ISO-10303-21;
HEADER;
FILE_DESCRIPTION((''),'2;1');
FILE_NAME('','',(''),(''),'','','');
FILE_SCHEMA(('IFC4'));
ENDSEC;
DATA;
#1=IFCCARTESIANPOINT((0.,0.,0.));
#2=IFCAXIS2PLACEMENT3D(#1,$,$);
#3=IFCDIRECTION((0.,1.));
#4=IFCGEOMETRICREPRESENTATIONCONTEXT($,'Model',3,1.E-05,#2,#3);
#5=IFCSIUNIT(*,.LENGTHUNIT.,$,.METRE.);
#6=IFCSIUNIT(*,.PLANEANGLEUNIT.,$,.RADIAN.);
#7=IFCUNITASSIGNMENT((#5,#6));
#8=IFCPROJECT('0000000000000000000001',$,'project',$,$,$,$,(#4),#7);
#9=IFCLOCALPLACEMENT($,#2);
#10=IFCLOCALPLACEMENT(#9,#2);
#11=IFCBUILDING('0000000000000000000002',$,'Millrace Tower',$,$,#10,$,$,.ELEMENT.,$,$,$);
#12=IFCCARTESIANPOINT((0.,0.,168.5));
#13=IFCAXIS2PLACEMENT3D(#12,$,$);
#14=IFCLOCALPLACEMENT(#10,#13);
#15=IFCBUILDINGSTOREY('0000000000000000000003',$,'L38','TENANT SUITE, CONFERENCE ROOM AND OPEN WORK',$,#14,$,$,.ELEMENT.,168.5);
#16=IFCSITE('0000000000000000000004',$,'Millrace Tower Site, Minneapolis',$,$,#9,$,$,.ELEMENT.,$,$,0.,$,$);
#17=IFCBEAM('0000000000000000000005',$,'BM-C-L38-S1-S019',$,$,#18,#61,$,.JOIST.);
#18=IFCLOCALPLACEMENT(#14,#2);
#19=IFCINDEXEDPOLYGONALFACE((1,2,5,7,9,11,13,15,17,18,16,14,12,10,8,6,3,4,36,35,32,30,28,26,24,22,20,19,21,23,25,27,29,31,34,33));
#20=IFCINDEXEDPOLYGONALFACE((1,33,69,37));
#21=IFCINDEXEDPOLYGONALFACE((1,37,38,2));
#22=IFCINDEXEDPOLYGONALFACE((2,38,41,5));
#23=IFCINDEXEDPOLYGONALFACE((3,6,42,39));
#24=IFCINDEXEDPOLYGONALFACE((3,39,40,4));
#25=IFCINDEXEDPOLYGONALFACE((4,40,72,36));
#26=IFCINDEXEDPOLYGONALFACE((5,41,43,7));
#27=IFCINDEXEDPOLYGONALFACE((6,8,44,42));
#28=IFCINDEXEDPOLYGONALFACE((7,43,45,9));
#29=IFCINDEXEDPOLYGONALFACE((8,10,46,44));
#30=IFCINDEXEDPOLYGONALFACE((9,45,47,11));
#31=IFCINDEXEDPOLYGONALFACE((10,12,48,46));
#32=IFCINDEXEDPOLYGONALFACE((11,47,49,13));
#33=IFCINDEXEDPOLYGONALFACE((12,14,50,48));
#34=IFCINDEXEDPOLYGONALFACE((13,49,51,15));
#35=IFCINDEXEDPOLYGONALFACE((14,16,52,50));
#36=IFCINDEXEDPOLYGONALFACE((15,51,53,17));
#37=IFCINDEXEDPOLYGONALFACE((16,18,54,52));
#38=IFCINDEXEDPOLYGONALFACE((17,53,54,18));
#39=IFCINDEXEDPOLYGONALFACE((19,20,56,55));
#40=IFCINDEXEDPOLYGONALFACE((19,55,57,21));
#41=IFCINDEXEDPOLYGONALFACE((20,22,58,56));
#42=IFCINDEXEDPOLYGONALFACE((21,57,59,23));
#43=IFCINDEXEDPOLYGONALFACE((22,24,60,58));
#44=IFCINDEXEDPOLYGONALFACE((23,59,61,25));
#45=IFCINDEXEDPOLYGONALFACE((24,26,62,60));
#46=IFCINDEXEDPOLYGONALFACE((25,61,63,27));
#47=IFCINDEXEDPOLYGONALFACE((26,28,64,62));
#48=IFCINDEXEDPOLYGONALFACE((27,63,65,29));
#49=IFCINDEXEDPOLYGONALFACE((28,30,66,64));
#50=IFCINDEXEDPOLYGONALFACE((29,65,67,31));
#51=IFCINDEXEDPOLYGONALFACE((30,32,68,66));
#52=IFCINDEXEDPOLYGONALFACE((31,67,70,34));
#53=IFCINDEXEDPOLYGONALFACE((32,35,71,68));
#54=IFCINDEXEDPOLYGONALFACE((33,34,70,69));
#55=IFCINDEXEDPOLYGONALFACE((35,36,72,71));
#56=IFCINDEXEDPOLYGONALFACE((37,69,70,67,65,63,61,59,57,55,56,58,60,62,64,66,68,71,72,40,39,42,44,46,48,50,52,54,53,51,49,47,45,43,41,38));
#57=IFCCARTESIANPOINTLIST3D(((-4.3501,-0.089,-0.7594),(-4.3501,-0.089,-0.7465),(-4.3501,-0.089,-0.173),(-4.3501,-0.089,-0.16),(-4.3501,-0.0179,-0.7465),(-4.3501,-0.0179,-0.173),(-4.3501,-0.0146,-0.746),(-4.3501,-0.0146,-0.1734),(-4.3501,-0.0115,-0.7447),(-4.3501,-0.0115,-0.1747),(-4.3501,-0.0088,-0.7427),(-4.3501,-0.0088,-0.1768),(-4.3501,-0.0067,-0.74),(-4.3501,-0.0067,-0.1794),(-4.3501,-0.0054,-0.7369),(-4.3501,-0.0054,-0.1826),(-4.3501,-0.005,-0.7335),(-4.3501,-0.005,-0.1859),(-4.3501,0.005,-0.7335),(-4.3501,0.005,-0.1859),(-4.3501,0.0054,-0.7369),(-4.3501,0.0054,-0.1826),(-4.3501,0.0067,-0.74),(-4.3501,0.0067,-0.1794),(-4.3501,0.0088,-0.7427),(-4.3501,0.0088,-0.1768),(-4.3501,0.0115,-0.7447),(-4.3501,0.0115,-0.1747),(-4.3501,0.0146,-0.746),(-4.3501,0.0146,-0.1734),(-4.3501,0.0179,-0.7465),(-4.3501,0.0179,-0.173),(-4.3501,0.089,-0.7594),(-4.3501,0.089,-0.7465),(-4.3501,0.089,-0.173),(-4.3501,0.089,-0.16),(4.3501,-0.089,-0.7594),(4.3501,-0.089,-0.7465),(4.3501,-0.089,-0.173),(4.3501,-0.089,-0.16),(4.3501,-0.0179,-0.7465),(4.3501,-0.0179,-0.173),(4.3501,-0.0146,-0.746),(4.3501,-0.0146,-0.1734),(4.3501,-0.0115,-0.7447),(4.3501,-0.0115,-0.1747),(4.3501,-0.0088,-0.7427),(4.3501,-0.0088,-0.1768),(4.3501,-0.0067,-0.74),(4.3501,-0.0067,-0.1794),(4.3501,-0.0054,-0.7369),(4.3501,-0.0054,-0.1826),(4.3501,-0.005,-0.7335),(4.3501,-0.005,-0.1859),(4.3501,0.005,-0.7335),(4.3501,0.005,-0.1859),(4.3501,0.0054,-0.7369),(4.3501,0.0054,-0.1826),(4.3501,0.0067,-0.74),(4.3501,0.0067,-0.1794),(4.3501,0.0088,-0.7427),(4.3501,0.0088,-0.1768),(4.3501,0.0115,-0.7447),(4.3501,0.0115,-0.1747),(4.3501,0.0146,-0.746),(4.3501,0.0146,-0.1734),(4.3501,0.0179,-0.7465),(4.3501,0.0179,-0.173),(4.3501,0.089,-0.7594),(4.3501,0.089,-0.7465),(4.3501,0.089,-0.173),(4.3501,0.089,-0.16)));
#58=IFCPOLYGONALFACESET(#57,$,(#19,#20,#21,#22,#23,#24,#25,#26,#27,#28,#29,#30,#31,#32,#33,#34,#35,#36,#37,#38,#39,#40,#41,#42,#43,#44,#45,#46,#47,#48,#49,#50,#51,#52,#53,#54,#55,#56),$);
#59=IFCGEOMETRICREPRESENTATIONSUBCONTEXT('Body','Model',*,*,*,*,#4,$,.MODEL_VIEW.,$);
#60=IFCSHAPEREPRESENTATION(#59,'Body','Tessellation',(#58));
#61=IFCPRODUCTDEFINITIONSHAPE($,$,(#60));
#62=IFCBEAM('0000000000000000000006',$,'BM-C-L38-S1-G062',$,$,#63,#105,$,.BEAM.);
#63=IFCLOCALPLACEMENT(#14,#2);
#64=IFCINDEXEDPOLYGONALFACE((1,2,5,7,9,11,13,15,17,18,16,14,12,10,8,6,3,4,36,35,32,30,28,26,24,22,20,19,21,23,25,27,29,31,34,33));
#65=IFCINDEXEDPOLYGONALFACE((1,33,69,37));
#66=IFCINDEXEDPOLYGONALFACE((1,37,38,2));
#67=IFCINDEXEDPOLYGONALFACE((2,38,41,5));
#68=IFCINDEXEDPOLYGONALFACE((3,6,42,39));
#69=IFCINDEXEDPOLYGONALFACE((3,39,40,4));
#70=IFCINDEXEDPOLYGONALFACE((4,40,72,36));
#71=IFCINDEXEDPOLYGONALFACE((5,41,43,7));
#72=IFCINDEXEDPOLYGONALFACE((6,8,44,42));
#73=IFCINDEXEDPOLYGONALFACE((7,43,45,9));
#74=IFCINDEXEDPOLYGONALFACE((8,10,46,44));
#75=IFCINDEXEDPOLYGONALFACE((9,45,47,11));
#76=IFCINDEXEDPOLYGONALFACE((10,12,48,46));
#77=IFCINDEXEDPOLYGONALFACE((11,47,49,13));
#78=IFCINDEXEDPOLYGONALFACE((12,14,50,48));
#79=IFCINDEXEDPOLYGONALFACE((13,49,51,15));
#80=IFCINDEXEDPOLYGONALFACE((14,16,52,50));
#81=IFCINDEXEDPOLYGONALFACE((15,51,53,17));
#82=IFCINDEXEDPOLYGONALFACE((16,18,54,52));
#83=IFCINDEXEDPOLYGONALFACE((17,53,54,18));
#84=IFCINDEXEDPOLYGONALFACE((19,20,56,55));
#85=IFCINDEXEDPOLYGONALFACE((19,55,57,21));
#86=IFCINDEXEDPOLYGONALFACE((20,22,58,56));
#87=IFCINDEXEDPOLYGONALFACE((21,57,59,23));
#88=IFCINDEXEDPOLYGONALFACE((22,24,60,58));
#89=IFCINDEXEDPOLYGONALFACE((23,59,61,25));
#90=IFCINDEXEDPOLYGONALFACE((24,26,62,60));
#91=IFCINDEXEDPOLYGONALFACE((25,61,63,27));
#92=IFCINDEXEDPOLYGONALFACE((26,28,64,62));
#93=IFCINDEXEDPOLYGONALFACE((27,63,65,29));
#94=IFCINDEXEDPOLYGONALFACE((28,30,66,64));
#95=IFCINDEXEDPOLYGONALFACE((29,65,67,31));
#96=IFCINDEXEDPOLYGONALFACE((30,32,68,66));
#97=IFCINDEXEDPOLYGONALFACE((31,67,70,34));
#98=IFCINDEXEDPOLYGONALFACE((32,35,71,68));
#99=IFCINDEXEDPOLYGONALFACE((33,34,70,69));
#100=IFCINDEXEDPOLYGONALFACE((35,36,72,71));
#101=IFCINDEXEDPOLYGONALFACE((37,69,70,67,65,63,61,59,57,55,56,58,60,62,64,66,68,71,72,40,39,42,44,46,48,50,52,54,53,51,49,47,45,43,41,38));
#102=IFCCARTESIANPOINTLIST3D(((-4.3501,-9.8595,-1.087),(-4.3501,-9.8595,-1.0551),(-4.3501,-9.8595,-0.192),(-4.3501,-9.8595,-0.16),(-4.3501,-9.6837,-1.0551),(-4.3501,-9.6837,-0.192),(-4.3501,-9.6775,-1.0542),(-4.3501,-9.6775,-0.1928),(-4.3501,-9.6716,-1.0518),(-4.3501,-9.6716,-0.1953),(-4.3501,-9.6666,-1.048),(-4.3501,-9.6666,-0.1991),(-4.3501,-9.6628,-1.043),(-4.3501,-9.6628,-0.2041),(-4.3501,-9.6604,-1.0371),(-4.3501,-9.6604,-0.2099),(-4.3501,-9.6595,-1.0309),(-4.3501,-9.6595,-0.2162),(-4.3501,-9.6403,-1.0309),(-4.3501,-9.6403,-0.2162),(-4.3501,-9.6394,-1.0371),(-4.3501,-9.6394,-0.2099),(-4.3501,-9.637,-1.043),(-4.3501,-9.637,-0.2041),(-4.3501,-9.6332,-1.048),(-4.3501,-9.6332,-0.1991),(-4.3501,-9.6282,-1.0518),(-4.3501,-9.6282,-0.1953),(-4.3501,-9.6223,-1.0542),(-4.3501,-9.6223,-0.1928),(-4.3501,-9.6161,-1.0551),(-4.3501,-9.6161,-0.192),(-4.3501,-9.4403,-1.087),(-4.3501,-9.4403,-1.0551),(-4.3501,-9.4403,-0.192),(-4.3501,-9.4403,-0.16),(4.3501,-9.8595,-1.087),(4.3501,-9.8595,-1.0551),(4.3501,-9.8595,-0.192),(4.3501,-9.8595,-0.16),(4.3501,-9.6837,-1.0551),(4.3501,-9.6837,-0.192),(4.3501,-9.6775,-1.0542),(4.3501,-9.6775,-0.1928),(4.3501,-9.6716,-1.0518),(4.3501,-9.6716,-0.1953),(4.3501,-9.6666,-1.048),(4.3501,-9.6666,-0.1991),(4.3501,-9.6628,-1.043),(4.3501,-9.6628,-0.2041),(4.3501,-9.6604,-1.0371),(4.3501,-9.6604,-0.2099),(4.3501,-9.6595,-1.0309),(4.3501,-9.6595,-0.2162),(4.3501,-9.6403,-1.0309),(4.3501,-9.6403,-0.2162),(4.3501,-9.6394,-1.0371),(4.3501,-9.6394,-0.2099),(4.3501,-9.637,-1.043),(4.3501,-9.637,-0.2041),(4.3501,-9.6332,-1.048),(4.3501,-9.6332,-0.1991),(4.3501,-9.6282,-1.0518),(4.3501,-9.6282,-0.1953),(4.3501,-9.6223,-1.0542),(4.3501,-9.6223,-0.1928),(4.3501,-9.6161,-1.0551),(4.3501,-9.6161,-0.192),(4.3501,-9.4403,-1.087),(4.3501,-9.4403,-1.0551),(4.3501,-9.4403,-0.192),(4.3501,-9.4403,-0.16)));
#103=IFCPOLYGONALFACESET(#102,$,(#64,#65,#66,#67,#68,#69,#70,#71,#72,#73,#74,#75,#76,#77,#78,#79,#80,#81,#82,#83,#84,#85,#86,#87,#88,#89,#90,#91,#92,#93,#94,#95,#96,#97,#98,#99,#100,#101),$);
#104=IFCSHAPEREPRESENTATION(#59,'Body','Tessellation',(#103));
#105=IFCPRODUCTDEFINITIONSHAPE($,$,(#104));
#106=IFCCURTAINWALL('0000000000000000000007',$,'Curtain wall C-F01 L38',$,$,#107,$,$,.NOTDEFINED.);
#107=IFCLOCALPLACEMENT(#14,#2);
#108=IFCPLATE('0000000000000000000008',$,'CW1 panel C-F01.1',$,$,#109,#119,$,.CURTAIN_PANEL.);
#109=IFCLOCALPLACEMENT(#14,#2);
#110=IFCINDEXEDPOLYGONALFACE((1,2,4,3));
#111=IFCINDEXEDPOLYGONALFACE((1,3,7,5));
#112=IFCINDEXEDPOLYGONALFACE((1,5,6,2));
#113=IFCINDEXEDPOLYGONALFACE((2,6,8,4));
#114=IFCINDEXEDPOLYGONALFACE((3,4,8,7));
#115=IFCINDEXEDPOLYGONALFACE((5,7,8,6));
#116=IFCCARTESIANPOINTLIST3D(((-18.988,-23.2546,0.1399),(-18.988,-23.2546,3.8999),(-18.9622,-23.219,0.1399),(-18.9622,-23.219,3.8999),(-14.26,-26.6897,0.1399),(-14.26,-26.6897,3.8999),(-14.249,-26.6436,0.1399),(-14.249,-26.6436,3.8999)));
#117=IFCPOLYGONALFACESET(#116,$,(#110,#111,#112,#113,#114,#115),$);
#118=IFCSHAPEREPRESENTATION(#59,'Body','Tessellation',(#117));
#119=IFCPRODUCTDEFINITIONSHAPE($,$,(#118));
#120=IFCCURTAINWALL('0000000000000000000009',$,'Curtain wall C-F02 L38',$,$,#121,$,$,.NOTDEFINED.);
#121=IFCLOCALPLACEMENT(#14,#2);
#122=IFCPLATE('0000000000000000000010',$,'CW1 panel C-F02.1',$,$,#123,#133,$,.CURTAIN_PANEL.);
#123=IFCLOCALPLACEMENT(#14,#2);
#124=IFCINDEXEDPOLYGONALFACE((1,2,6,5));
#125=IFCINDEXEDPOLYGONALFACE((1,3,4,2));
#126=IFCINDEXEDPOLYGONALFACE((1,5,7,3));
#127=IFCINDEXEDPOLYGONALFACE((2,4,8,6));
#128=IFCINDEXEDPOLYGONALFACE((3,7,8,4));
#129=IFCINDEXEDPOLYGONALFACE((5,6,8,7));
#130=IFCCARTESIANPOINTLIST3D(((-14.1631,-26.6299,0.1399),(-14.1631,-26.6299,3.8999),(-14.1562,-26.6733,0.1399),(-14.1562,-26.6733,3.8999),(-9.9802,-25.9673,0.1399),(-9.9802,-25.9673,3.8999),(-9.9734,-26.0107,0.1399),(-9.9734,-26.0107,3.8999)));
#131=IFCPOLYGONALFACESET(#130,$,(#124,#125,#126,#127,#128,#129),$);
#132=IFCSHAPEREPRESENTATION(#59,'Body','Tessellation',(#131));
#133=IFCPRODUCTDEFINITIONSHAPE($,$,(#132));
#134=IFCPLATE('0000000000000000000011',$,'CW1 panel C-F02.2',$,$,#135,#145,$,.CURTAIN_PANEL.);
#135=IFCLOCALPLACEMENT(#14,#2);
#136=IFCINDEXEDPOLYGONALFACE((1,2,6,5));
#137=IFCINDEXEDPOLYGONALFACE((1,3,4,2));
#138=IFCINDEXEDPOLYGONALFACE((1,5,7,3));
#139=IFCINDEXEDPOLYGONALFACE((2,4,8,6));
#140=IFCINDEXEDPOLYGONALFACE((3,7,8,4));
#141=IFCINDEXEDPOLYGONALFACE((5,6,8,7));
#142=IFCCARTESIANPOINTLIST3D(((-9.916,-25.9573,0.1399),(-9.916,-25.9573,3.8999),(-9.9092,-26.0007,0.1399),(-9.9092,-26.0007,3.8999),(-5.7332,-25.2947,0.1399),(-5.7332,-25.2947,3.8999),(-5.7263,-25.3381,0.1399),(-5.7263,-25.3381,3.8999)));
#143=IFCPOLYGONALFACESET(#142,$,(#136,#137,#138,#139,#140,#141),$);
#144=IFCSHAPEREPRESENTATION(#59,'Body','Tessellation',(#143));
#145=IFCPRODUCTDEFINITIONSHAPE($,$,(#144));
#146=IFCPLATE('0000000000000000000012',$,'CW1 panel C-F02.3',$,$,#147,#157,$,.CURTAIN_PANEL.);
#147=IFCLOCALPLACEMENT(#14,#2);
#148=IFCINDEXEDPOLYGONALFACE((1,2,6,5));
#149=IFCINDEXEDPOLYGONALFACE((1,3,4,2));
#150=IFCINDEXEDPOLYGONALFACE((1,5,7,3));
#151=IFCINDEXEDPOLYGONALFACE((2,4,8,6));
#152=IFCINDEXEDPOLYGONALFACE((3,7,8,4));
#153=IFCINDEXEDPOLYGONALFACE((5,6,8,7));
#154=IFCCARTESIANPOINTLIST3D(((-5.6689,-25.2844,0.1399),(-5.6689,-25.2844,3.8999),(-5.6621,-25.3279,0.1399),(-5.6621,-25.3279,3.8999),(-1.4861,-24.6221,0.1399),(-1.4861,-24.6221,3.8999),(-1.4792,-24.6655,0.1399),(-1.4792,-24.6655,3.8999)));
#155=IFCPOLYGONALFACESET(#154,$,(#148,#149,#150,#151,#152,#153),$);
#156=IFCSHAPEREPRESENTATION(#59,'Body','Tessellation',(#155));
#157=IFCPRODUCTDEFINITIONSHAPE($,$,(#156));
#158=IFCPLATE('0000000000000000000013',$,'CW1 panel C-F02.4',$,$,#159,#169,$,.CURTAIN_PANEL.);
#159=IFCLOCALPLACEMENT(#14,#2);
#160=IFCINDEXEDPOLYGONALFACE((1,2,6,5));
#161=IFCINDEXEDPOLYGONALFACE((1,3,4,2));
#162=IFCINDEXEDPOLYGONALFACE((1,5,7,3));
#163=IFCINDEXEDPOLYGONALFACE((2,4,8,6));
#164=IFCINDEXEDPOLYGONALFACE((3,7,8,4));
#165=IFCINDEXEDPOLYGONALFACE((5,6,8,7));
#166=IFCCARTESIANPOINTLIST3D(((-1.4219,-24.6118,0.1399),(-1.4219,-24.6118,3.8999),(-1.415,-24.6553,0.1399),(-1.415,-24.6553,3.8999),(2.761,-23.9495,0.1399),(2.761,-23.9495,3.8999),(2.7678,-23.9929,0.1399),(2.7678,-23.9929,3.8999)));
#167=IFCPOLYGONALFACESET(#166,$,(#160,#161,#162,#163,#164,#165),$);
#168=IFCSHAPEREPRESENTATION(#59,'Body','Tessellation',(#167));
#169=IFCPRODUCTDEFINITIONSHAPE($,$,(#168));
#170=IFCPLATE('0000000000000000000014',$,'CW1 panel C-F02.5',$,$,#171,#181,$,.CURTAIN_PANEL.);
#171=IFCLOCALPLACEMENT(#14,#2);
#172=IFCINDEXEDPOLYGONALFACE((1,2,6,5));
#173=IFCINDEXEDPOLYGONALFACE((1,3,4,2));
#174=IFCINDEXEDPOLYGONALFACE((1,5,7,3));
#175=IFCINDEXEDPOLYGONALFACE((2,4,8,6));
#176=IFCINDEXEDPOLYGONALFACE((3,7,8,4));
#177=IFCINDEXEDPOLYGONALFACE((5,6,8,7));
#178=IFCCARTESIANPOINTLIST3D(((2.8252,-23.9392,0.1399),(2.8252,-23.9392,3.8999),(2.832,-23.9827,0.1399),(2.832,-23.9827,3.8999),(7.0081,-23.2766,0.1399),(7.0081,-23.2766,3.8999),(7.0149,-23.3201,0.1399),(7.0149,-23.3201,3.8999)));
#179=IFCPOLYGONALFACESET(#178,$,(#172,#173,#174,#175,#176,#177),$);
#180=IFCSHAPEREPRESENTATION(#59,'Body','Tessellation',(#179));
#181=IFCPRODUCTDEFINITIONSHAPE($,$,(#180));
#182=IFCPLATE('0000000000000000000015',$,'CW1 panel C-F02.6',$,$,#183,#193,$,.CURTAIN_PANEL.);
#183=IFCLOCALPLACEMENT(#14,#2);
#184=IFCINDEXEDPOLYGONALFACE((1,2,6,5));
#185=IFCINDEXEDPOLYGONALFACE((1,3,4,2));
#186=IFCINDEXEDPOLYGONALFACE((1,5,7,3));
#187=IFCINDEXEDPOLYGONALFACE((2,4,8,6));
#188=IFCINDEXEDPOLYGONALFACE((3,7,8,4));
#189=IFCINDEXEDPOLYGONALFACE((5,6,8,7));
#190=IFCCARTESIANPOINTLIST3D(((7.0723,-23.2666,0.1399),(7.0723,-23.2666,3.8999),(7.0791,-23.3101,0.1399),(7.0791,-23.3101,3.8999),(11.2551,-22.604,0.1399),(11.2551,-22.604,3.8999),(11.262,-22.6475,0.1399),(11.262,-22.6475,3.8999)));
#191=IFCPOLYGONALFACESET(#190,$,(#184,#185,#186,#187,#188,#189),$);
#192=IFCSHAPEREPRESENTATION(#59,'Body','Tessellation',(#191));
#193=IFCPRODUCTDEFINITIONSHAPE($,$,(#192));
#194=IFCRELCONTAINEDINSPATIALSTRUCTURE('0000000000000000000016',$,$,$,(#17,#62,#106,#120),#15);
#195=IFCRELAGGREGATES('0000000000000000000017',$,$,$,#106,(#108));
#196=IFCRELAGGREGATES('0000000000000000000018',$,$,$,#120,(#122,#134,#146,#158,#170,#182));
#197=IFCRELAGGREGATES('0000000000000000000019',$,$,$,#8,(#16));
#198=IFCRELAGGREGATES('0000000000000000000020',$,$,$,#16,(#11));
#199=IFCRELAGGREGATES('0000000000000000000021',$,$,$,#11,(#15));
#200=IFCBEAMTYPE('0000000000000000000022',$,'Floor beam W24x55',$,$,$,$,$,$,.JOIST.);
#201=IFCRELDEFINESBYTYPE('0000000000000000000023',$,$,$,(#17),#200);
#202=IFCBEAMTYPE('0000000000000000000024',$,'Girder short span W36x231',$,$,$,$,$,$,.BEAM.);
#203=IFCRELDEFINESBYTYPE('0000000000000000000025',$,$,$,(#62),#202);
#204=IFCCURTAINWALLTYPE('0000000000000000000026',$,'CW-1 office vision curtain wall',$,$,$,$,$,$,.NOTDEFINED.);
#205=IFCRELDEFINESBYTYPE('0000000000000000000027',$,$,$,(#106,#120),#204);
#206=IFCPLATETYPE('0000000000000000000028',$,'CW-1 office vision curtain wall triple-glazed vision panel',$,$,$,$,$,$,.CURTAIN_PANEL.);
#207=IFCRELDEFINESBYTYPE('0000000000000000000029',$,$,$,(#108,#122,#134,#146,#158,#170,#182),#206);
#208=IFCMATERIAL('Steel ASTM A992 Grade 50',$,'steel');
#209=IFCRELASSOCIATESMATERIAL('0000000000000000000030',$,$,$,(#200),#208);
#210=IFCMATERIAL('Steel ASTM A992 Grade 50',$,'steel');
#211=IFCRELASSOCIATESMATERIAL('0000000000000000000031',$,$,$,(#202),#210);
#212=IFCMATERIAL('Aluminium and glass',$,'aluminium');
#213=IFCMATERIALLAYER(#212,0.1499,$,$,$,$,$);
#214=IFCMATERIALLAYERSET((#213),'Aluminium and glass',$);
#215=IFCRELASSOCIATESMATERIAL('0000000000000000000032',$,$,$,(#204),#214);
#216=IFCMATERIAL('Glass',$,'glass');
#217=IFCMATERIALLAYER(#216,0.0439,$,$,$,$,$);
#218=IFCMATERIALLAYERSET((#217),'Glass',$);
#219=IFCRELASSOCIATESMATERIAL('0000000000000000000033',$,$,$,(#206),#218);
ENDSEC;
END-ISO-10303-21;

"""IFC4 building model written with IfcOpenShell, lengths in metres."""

from ifc_helpers import new_model, si_unit, direction, frame, origin, origin_2d, place, context, subcontext, project, spatial, polyline, i_section, outline, extrude, material, layer, layer_set, material_profile, profile_set, type_object, element, aggregate, save


model = new_model("IFC4")

# Units and contexts
model_context = context("Model", 3, precision=1e-05, world=origin(), true_north=direction((0.0, 1.0)))
body_context = subcontext(model_context, "Body", "Model", "MODEL_VIEW")
ifc_project = project(units=[si_unit("LENGTHUNIT", "METRE"), si_unit("PLANEANGLEUNIT", "RADIAN")], contexts=[model_context])

# Site, building, storey
site_placement = place(None, origin())
site = spatial("IfcSite", under=ifc_project, at=site_placement, Name="Millrace Tower Site, Minneapolis", CompositionType="ELEMENT", RefElevation=0.0)
building_placement = place(site_placement, origin())
building = spatial("IfcBuilding", under=site, at=building_placement, Name="Millrace Tower", CompositionType="ELEMENT")
storey_placement = place(building_placement, frame((0.0, 0.0, 168.5)))
storey = spatial("IfcBuildingStorey", under=building, at=storey_placement, Name="L38", Description="TENANT SUITE, CONFERENCE ROOM AND OPEN WORK", CompositionType="ELEMENT", Elevation=168.5)

# Beams
ifc_material_1 = material(Name="Steel ASTM A992 Grade 50", Category="steel")
ifc_material_profile_1 = material_profile(ifc_material_1, i_section(OverallWidth=0.178, OverallDepth=0.5994, WebThickness=0.01, FlangeThickness=0.0129, FilletRadius=0.0129, at=origin_2d()))
ifc_profile_set_1 = profile_set([ifc_material_profile_1], Name="Steel ASTM A992 Grade 50")
beam_type_1 = type_object("IfcBeamType", Name="Floor beam W24x55", PredefinedType="JOIST", material=ifc_profile_set_1)
for number, where, z_axis, x_axis, name in (
    (1, (-4.3501, 0.0, -0.4597), (1.0, 0.0, 0.0), (0.0, 1.0, 0.0), "BM-C-L38-S1-S019"),
):
    element("IfcBeam", number, at=place(storey_placement, frame(where, z_axis=z_axis, x_axis=x_axis)), inside=storey, type_object=beam_type_1, Name=name, PredefinedType="JOIST", context=body_context, shape_type="SweptSolid", body=[
        extrude(i_section(OverallWidth=0.178, OverallDepth=0.5994, WebThickness=0.01, FlangeThickness=0.0129, FilletRadius=0.0129, at=origin_2d()), origin(), (0.0, 0.0, 1.0), 8.7002),
    ])
ifc_material_2 = material(Name="Steel ASTM A992 Grade 50", Category="steel")
ifc_material_profile_2 = material_profile(ifc_material_2, i_section(OverallWidth=0.4192, OverallDepth=0.927, WebThickness=0.0193, FlangeThickness=0.032, FilletRadius=0.0242, at=origin_2d()))
ifc_profile_set_2 = profile_set([ifc_material_profile_2], Name="Steel ASTM A992 Grade 50")
beam_type_2 = type_object("IfcBeamType", Name="Girder short span W36x231", PredefinedType="BEAM", material=ifc_profile_set_2)
beam_1_placement = place(storey_placement, frame((-4.3501, -9.6499, -0.6235), z_axis=(1.0, 0.0, 0.0), x_axis=(0.0, 1.0, 0.0)))
element("IfcBeam", 2, at=beam_1_placement, inside=storey, type_object=beam_type_2, Name="BM-C-L38-S1-G062", PredefinedType="BEAM", context=body_context, shape_type="SweptSolid", body=[
    extrude(i_section(OverallWidth=0.4192, OverallDepth=0.927, WebThickness=0.0193, FlangeThickness=0.032, FilletRadius=0.0242, at=origin_2d()), origin(), (0.0, 0.0, 1.0), 8.7002),
])

# Curtain wall, plate
ifc_material_3 = material(Name="Aluminium and glass", Category="aluminium")
ifc_layer_1 = layer(ifc_material_3, 0.1499)
ifc_layer_set_1 = layer_set([ifc_layer_1], Name="Aluminium and glass")
curtain_wall_type = type_object("IfcCurtainWallType", Name="CW-1 office vision curtain wall", PredefinedType="NOTDEFINED", material=ifc_layer_set_1)
placement_1 = place(storey_placement, origin())
curtain_wall_1 = element("IfcCurtainWall", 3, at=placement_1, inside=storey, type_object=curtain_wall_type, Name="Curtain wall C-F01 L38", PredefinedType="NOTDEFINED")
ifc_material_4 = material(Name="Glass", Category="glass")
ifc_layer_2 = layer(ifc_material_4, 0.0439)
ifc_layer_set_2 = layer_set([ifc_layer_2], Name="Glass")
plate_type = type_object("IfcPlateType", Name="CW-1 office vision curtain wall triple-glazed vision panel", PredefinedType="CURTAIN_PANEL", material=ifc_layer_set_2)
placement_2 = place(storey_placement, frame((0.0, 0.0, 0.1399)))
plate_1 = element("IfcPlate", 4, at=placement_2, type_object=plate_type, Name="CW1 panel C-F01.1", PredefinedType="CURTAIN_PANEL", context=body_context, shape_type="SweptSolid", body=[
    extrude(outline(polyline([(-18.988, -23.2546), (-14.26, -26.6897), (-14.249, -26.6436), (-18.9622, -23.219), (-18.988, -23.2546)])), origin(), (0.0, 0.0, 1.0), 3.76),
])
aggregate(curtain_wall_1, [plate_1])

# Curtain wall, plates
curtain_wall_2 = element("IfcCurtainWall", 5, at=placement_1, inside=storey, type_object=curtain_wall_type, Name="Curtain wall C-F02 L38", PredefinedType="NOTDEFINED")
plate_2 = element("IfcPlate", 6, at=placement_2, type_object=plate_type, Name="CW1 panel C-F02.1", PredefinedType="CURTAIN_PANEL", context=body_context, shape_type="SweptSolid", body=[
    extrude(outline(polyline([(-14.1562, -26.6733), (-9.9734, -26.0107), (-9.9802, -25.9673), (-14.1631, -26.6299), (-14.1562, -26.6733)])), origin(), (0.0, 0.0, 1.0), 3.76),
])
plate_3 = element("IfcPlate", 7, at=placement_2, type_object=plate_type, Name="CW1 panel C-F02.2", PredefinedType="CURTAIN_PANEL", context=body_context, shape_type="SweptSolid", body=[
    extrude(outline(polyline([(-9.9092, -26.0007), (-5.7263, -25.3381), (-5.7332, -25.2947), (-9.916, -25.9573), (-9.9092, -26.0007)])), origin(), (0.0, 0.0, 1.0), 3.76),
])
plate_4 = element("IfcPlate", 8, at=placement_2, type_object=plate_type, Name="CW1 panel C-F02.3", PredefinedType="CURTAIN_PANEL", context=body_context, shape_type="SweptSolid", body=[
    extrude(outline(polyline([(-5.6621, -25.3279), (-1.4792, -24.6655), (-1.4861, -24.6221), (-5.6689, -25.2844), (-5.6621, -25.3279)])), origin(), (0.0, 0.0, 1.0), 3.76),
])
plate_5 = element("IfcPlate", 9, at=placement_2, type_object=plate_type, Name="CW1 panel C-F02.4", PredefinedType="CURTAIN_PANEL", context=body_context, shape_type="SweptSolid", body=[
    extrude(outline(polyline([(-1.415, -24.6553), (2.7678, -23.9929), (2.761, -23.9495), (-1.4219, -24.6118), (-1.415, -24.6553)])), origin(), (0.0, 0.0, 1.0), 3.76),
])
plate_6 = element("IfcPlate", 10, at=placement_2, type_object=plate_type, Name="CW1 panel C-F02.5", PredefinedType="CURTAIN_PANEL", context=body_context, shape_type="SweptSolid", body=[
    extrude(outline(polyline([(2.832, -23.9827), (7.0149, -23.3201), (7.0081, -23.2766), (2.8252, -23.9392), (2.832, -23.9827)])), origin(), (0.0, 0.0, 1.0), 3.76),
])
plate_7 = element("IfcPlate", 11, at=placement_2, type_object=plate_type, Name="CW1 panel C-F02.6", PredefinedType="CURTAIN_PANEL", context=body_context, shape_type="SweptSolid", body=[
    extrude(outline(polyline([(7.0791, -23.3101), (11.262, -22.6475), (11.2551, -22.604), (7.0723, -23.2666), (7.0791, -23.3101)])), origin(), (0.0, 0.0, 1.0), 3.76),
])
aggregate(curtain_wall_2, [plate_2, plate_3, plate_4, plate_5, plate_6, plate_7])

save(model, "model.ifc")
